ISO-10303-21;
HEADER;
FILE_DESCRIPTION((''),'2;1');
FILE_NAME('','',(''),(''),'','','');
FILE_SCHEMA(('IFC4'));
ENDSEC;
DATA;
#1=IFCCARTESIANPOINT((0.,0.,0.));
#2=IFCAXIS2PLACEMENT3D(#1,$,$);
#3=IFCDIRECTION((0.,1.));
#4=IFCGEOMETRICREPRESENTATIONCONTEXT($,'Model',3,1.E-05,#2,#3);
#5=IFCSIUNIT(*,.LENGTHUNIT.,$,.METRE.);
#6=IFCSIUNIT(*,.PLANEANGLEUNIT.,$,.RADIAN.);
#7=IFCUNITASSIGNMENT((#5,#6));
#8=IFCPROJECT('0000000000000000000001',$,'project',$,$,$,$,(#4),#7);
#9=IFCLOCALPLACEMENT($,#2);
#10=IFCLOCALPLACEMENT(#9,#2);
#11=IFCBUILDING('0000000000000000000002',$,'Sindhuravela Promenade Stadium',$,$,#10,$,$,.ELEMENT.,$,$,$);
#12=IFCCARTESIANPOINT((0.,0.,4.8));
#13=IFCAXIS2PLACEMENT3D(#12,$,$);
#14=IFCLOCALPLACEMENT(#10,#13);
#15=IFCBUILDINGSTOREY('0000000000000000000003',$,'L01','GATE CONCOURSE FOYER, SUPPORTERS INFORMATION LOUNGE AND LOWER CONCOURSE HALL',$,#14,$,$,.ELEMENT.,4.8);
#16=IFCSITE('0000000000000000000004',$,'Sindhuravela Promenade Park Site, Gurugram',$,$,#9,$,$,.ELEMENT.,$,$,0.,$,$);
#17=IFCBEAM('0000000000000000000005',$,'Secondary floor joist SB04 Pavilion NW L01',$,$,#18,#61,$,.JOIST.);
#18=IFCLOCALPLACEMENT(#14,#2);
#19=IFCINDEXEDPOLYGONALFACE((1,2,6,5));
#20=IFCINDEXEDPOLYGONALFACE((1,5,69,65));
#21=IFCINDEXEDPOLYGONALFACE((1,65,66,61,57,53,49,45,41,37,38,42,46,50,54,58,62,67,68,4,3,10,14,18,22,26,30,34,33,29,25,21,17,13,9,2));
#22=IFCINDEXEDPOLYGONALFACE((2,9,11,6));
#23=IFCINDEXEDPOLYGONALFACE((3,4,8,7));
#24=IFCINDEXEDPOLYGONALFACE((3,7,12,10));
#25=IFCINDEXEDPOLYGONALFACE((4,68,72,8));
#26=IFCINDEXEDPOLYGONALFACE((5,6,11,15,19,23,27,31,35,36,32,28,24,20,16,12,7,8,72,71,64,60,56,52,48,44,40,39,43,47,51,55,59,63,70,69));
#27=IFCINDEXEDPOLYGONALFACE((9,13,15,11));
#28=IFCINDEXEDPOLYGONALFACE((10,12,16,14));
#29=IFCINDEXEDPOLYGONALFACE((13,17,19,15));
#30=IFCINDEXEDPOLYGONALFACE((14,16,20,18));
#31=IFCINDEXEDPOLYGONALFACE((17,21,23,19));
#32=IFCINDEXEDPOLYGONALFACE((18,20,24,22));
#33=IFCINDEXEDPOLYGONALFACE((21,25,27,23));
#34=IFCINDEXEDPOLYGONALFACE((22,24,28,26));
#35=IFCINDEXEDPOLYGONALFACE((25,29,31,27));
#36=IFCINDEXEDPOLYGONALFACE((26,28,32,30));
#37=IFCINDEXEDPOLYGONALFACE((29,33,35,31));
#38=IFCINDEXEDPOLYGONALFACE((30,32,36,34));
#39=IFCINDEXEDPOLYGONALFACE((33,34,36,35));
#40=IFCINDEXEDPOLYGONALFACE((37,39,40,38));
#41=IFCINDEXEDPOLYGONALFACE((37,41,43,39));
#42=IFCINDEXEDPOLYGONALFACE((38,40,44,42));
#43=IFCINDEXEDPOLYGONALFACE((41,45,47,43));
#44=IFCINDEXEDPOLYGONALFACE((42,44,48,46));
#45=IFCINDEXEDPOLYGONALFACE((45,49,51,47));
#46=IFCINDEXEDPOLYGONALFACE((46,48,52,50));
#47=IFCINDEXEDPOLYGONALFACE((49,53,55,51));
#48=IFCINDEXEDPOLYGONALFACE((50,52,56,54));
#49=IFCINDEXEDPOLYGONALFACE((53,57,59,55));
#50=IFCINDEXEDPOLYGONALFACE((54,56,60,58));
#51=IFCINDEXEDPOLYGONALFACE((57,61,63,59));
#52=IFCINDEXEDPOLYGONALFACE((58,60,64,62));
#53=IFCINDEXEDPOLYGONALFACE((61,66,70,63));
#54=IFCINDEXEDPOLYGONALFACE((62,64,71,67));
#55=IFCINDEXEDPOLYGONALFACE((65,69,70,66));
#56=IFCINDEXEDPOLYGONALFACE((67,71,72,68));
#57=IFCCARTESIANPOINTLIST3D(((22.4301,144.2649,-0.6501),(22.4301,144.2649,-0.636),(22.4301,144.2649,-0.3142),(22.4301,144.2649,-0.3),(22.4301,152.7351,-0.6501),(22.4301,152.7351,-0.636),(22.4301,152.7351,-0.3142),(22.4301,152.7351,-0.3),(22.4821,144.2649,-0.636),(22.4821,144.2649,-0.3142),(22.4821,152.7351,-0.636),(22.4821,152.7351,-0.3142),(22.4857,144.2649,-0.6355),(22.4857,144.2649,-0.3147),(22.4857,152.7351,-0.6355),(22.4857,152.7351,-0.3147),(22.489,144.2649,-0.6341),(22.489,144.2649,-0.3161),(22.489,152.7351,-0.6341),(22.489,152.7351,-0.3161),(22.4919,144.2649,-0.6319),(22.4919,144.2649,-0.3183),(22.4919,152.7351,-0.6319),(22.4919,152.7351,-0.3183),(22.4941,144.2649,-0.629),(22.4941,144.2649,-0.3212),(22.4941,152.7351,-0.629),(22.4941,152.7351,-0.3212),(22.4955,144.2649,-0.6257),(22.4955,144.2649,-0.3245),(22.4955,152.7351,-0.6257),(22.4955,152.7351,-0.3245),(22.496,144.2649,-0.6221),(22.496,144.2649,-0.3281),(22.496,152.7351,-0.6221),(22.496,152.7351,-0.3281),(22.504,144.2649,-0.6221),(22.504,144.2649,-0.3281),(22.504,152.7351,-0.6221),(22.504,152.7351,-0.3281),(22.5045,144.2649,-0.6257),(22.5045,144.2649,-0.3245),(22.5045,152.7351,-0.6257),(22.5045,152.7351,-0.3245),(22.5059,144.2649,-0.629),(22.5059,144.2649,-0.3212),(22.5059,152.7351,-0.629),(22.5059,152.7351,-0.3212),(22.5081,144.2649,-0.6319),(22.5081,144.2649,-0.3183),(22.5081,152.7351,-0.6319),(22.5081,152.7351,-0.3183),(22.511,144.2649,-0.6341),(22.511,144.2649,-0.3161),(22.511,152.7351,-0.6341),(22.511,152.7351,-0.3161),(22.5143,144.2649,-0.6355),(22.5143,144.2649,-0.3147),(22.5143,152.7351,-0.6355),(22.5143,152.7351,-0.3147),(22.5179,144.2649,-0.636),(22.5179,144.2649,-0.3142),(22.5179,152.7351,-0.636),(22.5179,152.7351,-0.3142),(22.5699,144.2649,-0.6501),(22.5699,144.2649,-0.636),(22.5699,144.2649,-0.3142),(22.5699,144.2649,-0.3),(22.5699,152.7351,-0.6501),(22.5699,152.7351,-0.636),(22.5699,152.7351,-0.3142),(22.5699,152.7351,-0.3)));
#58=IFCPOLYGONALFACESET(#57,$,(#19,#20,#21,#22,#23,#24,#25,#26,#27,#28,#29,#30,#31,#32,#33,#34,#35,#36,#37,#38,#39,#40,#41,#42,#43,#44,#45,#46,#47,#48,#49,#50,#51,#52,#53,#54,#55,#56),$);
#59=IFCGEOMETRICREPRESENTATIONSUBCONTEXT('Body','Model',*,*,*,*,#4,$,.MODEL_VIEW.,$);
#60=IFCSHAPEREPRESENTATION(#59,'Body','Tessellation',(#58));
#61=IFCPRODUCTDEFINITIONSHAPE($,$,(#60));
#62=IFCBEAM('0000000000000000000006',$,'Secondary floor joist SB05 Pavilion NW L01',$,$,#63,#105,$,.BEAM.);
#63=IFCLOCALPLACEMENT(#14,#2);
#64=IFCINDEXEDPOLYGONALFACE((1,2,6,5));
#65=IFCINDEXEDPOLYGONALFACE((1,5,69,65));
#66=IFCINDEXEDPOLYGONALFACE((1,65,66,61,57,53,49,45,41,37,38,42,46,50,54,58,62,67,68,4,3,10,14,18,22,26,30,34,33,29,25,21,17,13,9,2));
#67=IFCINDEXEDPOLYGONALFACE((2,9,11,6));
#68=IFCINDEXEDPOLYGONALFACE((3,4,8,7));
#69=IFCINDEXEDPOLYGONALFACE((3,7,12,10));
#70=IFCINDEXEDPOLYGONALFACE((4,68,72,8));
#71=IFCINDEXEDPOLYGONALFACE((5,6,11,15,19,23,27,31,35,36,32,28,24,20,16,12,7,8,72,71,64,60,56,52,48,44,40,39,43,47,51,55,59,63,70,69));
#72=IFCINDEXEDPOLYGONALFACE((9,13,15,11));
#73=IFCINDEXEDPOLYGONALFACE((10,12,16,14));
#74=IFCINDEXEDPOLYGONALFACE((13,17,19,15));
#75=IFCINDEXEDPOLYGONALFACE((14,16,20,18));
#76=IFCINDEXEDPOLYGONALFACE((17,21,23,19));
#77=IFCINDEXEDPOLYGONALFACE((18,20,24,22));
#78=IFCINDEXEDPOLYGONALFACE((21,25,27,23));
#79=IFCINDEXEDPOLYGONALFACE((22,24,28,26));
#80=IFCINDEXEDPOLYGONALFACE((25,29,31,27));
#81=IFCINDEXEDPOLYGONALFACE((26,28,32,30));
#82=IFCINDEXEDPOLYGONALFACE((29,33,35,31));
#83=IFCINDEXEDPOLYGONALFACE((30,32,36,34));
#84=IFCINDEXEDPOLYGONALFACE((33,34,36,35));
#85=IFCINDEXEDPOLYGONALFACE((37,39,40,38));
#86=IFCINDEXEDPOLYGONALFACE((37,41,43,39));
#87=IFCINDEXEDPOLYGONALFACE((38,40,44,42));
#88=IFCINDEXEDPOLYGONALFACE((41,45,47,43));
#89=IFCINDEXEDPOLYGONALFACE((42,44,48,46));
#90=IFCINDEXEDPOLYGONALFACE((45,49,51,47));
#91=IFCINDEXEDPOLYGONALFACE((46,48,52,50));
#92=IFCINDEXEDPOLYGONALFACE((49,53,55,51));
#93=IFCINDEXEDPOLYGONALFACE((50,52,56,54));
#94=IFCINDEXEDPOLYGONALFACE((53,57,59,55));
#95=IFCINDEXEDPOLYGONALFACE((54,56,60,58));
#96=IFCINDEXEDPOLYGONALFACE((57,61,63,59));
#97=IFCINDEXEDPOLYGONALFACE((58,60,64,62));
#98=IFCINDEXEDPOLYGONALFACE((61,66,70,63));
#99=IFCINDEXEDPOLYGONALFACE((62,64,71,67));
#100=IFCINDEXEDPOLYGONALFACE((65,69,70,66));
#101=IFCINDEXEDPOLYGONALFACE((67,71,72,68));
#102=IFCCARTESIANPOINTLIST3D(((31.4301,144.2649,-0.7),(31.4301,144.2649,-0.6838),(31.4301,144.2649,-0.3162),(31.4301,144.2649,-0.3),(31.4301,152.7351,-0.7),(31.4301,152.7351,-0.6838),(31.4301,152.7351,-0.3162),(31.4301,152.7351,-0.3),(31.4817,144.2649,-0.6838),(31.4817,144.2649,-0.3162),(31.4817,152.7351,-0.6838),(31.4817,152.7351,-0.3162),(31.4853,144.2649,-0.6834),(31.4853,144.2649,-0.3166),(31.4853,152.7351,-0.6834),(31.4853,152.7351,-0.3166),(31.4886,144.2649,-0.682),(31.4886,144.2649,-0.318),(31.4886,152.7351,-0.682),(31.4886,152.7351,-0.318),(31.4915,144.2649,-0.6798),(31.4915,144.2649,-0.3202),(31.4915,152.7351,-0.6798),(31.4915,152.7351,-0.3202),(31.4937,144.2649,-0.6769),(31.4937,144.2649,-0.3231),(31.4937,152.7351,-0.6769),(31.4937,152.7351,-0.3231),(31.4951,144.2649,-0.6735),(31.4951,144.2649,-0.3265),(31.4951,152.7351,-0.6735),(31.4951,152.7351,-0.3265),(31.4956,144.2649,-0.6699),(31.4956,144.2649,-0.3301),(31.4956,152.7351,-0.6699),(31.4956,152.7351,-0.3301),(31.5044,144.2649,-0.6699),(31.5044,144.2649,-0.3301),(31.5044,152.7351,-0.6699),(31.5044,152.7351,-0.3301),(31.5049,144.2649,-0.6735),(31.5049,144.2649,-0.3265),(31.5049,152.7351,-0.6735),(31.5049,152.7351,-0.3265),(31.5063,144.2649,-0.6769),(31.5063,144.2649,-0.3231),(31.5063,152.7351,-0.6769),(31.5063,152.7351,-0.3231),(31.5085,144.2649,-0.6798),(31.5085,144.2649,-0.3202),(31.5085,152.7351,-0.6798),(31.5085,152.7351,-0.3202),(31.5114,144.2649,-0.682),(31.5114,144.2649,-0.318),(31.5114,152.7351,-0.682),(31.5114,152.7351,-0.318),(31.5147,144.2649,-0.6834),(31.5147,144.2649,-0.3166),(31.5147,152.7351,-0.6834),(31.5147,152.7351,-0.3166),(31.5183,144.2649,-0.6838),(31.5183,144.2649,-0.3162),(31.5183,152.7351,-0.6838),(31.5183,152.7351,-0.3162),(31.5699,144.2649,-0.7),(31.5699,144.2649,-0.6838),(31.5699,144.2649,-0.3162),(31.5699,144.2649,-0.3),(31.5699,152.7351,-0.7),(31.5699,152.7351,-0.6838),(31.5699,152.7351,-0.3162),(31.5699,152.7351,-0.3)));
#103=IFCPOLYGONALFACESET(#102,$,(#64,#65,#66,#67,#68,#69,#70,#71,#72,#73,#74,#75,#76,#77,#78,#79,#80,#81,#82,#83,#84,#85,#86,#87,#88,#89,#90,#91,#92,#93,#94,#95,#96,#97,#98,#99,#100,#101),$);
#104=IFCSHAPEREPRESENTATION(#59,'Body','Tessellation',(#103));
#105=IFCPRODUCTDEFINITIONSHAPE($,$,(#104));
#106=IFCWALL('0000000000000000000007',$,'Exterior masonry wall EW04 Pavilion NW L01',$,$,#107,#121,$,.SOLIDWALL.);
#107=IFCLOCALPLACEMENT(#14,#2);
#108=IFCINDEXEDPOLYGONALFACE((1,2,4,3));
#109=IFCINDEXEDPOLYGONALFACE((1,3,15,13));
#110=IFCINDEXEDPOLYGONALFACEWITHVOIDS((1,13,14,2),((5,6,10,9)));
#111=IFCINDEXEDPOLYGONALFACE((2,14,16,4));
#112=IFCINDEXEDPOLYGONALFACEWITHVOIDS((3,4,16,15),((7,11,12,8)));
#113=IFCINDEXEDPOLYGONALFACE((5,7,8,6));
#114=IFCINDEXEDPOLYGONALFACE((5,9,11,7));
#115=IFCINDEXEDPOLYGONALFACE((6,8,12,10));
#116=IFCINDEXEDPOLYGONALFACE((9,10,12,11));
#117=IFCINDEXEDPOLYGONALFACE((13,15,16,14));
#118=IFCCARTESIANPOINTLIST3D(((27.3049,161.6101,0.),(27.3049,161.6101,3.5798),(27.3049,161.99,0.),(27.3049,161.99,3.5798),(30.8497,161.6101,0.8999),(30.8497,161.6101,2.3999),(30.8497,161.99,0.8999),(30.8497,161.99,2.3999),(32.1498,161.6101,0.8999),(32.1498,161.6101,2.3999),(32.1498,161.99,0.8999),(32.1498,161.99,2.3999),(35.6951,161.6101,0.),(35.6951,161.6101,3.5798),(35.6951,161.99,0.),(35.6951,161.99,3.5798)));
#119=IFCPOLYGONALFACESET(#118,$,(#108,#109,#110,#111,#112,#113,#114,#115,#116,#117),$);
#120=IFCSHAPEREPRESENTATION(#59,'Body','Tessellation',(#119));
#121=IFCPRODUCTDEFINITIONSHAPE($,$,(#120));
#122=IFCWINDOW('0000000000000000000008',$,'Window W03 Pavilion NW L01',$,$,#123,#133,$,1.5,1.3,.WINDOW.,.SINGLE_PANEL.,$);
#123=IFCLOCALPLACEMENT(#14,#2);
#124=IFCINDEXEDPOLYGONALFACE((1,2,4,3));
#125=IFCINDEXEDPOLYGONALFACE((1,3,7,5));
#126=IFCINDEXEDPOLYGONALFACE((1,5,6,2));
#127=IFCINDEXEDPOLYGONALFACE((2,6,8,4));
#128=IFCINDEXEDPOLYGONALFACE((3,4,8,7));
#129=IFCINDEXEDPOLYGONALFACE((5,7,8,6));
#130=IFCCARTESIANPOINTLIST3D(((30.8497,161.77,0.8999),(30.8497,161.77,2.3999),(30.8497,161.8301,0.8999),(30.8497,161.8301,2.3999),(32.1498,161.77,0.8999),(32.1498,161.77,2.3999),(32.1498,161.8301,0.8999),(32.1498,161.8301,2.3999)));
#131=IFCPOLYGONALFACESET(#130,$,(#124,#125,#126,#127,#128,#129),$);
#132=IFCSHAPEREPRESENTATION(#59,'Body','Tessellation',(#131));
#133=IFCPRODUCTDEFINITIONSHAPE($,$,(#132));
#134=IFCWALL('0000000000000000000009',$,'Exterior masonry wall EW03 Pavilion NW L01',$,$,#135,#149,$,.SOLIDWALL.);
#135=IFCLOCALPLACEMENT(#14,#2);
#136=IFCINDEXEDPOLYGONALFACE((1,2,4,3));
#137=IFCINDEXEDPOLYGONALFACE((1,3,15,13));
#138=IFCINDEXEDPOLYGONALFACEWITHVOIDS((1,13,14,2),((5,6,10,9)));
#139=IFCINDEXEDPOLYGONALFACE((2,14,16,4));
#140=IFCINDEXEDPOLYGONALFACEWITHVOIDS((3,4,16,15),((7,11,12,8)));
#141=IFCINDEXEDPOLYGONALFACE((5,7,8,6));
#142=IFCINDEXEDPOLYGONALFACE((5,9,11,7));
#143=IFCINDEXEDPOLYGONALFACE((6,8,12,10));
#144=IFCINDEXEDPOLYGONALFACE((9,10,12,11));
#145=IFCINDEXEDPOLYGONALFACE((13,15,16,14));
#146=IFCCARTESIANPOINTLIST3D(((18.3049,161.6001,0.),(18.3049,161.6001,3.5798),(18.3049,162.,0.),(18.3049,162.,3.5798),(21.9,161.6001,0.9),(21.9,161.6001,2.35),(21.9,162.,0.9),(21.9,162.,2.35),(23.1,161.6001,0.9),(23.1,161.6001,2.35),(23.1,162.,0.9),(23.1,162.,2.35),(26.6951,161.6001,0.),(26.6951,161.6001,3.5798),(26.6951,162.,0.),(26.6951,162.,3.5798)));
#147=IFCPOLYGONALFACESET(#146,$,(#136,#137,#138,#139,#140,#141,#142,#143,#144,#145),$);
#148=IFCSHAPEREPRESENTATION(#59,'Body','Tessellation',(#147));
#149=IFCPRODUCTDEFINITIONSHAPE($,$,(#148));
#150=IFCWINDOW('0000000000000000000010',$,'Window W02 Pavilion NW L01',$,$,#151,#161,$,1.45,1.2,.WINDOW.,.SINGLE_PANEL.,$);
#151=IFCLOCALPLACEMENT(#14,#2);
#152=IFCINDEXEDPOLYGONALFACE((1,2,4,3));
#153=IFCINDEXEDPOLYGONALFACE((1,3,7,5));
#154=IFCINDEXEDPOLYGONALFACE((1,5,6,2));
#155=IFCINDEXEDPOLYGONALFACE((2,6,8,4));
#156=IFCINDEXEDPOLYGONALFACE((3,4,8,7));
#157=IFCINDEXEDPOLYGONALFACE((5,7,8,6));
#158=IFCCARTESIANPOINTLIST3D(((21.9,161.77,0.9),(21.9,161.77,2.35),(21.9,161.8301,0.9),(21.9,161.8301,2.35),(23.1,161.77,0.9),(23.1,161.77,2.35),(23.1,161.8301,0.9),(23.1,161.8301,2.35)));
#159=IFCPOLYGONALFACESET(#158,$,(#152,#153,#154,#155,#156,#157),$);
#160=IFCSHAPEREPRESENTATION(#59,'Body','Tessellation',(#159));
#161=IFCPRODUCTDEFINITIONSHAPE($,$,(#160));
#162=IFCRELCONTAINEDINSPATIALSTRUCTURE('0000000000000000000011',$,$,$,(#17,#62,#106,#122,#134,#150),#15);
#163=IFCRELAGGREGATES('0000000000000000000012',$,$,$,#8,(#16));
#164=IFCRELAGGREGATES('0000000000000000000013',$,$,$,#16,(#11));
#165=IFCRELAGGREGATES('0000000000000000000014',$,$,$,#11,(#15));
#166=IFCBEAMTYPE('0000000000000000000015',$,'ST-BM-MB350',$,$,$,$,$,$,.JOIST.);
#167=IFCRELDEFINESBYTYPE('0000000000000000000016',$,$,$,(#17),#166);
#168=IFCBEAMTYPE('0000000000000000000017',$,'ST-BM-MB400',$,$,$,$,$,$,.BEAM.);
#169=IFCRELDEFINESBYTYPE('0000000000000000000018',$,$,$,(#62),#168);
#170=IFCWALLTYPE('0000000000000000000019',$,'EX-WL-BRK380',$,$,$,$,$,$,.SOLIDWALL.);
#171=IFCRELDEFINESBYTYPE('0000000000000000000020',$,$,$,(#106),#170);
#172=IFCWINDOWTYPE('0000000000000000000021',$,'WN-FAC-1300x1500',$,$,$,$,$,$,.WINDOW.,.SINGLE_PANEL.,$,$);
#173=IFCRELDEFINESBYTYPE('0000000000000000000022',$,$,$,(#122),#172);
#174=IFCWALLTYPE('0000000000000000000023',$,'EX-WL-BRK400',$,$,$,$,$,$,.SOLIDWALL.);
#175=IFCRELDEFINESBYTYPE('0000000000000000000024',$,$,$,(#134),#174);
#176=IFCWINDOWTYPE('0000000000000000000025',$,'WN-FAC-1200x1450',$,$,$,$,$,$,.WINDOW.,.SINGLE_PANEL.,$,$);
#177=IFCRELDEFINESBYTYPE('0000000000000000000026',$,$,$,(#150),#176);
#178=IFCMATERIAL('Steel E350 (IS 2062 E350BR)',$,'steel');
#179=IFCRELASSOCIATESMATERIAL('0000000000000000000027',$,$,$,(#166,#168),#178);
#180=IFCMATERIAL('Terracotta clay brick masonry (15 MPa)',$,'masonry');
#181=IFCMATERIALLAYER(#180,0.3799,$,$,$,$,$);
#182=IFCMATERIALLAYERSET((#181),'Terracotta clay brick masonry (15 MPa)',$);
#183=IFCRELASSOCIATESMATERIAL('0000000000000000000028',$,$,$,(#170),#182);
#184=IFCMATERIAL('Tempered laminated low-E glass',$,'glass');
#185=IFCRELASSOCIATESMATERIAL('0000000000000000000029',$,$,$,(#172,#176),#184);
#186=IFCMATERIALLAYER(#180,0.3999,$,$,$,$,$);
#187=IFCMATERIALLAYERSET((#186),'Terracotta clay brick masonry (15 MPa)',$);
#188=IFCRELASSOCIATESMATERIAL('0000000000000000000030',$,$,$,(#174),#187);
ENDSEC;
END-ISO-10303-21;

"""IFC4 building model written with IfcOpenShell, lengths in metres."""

from ifc_helpers import new_model, si_unit, direction, frame, frame_2d, origin, origin_2d, place, context, subcontext, project, spatial, rectangle, i_section, extrude, material, layer, layer_set, material_profile, profile_set, type_object, element, fill, save


model = new_model("IFC4")

# Units and contexts
model_context = context("Model", 3, precision=1e-05, world=origin(), true_north=direction((0.0, 1.0)))
body_context = subcontext(model_context, "Body", "Model", "MODEL_VIEW")
ifc_project = project(units=[si_unit("LENGTHUNIT", "METRE"), si_unit("PLANEANGLEUNIT", "RADIAN")], contexts=[model_context])

# Site, building, storey
site_placement = place(None, origin())
site = spatial("IfcSite", under=ifc_project, at=site_placement, Name="Sindhuravela Promenade Park Site, Gurugram", CompositionType="ELEMENT", RefElevation=0.0)
building_placement = place(site_placement, origin())
building = spatial("IfcBuilding", under=site, at=building_placement, Name="Sindhuravela Promenade Stadium", CompositionType="ELEMENT")
storey_placement = place(building_placement, frame((0.0, 0.0, 4.8)))
storey = spatial("IfcBuildingStorey", under=building, at=storey_placement, Name="L01", Description="GATE CONCOURSE FOYER, SUPPORTERS INFORMATION LOUNGE AND LOWER CONCOURSE HALL", CompositionType="ELEMENT", Elevation=4.8)

# Beams
ifc_material_1 = material(Name="Steel E350 (IS 2062 E350BR)", Category="steel")
ifc_material_profile_1 = material_profile(ifc_material_1, i_section(OverallWidth=0.1399, OverallDepth=0.3501, WebThickness=0.0081, FlangeThickness=0.0142, FilletRadius=0.0139, at=origin_2d()), Name="ISMB 350")
ifc_profile_set_1 = profile_set([ifc_material_profile_1], Name="Steel E350 (IS 2062 E350BR)")
beam_type_1 = type_object("IfcBeamType", Name="ST-BM-MB350", PredefinedType="JOIST", material=ifc_profile_set_1)
beam_1_placement = place(storey_placement, frame((22.5, 144.2649, -0.4751), z_axis=(0.0, 1.0, 0.0), x_axis=(-1.0, 0.0, 0.0)))
element("IfcBeam", 1, at=beam_1_placement, inside=storey, type_object=beam_type_1, Name="Secondary floor joist SB04 Pavilion NW L01", PredefinedType="JOIST", context=body_context, shape_type="SweptSolid", body=[
    extrude(i_section(OverallWidth=0.1399, OverallDepth=0.3501, WebThickness=0.0081, FlangeThickness=0.0142, FilletRadius=0.0139, at=origin_2d()), origin(), (0.0, 0.0, 1.0), 8.4702),
])
ifc_material_profile_2 = material_profile(ifc_material_1, i_section(OverallWidth=0.1399, OverallDepth=0.3999, WebThickness=0.0088, FlangeThickness=0.0161, FilletRadius=0.0139, at=origin_2d()), Name="ISMB 400")
ifc_profile_set_2 = profile_set([ifc_material_profile_2], Name="Steel E350 (IS 2062 E350BR)")
beam_type_2 = type_object("IfcBeamType", Name="ST-BM-MB400", PredefinedType="BEAM", material=ifc_profile_set_2)
beam_2_placement = place(storey_placement, frame((31.5, 144.2649, -0.5), z_axis=(0.0, 1.0, 0.0), x_axis=(-1.0, 0.0, 0.0)))
element("IfcBeam", 2, at=beam_2_placement, inside=storey, type_object=beam_type_2, Name="Secondary floor joist SB05 Pavilion NW L01", PredefinedType="BEAM", context=body_context, shape_type="SweptSolid", body=[
    extrude(i_section(OverallWidth=0.1399, OverallDepth=0.3999, WebThickness=0.0088, FlangeThickness=0.0161, FilletRadius=0.0139, at=origin_2d()), origin(), (0.0, 0.0, 1.0), 8.4702),
])

# Walls, openings, windows
ifc_material_2 = material(Name="Terracotta clay brick masonry (15 MPa)", Category="masonry")
ifc_layer_1 = layer(ifc_material_2, 0.3799)
ifc_layer_set_1 = layer_set([ifc_layer_1], Name="Terracotta clay brick masonry (15 MPa)")
wall_type_1 = type_object("IfcWallType", Name="EX-WL-BRK380", PredefinedType="SOLIDWALL", material=ifc_layer_set_1)
wall_1_placement = place(storey_placement, frame((27.3049, 161.8, 0.0), z_axis=(0.0, 0.0, 1.0), x_axis=(1.0, 0.0, 0.0)))
wall_1 = element("IfcWall", 3, at=wall_1_placement, inside=storey, type_object=wall_type_1, Name="Exterior masonry wall EW04 Pavilion NW L01", PredefinedType="SOLIDWALL", context=body_context, shape_type="SweptSolid", body=[
    extrude(rectangle(XDim=8.3901, YDim=0.3799, at=frame_2d((4.1951, 0.0))), origin(), (0.0, 0.0, 1.0), 3.5798),
])
opening_1_placement = place(wall_1_placement, frame((3.5449, 0.0, 0.8999)))
opening_1 = element("IfcOpeningElement", 4, at=opening_1_placement, cuts=wall_1, PredefinedType="OPENING", context=body_context, shape_type="SweptSolid", body=[
    extrude(rectangle(XDim=1.3, YDim=1.5, at=frame_2d((0.6499, 0.75))), frame((0.0, 0.2, 0.0), z_axis=(0.0, -1.0, 0.0), x_axis=(1.0, 0.0, 0.0)), (0.0, 0.0, 1.0), 0.3999),
])
ifc_material_3 = material(Name="Tempered laminated low-E glass", Category="glass")
window_type_1 = type_object("IfcWindowType", Name="WN-FAC-1300x1500", PartitioningType="SINGLE_PANEL", PredefinedType="WINDOW", material=ifc_material_3)
window_1_placement = place(opening_1_placement, origin())
window_1 = element("IfcWindow", 5, at=window_1_placement, inside=storey, type_object=window_type_1, Name="Window W03 Pavilion NW L01", OverallHeight=1.5, OverallWidth=1.3, PartitioningType="SINGLE_PANEL", PredefinedType="WINDOW", context=body_context, shape_type="SweptSolid", body=[
    extrude(rectangle(XDim=1.3, YDim=1.5, at=frame_2d((0.6499, 0.75))), frame((0.0, 0.03, 0.0), z_axis=(0.0, -1.0, 0.0), x_axis=(1.0, 0.0, 0.0)), (0.0, 0.0, 1.0), 0.0601),
])
fill(opening_1, window_1)
ifc_layer_2 = layer(ifc_material_2, 0.3999)
ifc_layer_set_2 = layer_set([ifc_layer_2], Name="Terracotta clay brick masonry (15 MPa)")
wall_type_2 = type_object("IfcWallType", Name="EX-WL-BRK400", PredefinedType="SOLIDWALL", material=ifc_layer_set_2)
wall_2_placement = place(storey_placement, frame((18.3049, 161.8, 0.0), z_axis=(0.0, 0.0, 1.0), x_axis=(1.0, 0.0, 0.0)))
wall_2 = element("IfcWall", 6, at=wall_2_placement, inside=storey, type_object=wall_type_2, Name="Exterior masonry wall EW03 Pavilion NW L01", PredefinedType="SOLIDWALL", context=body_context, shape_type="SweptSolid", body=[
    extrude(rectangle(XDim=8.3901, YDim=0.3999, at=frame_2d((4.1951, 0.0))), origin(), (0.0, 0.0, 1.0), 3.5798),
])
opening_2_placement = place(wall_2_placement, frame((3.595, 0.0, 0.8999)))
opening_2 = element("IfcOpeningElement", 7, at=opening_2_placement, cuts=wall_2, PredefinedType="OPENING", context=body_context, shape_type="SweptSolid", body=[
    extrude(rectangle(XDim=1.2, YDim=1.45, at=frame_2d((0.6001, 0.7251))), frame((0.0, 0.21, 0.0), z_axis=(0.0, -1.0, 0.0), x_axis=(1.0, 0.0, 0.0)), (0.0, 0.0, 1.0), 0.4199),
])
window_type_2 = type_object("IfcWindowType", Name="WN-FAC-1200x1450", PartitioningType="SINGLE_PANEL", PredefinedType="WINDOW", material=ifc_material_3)
window_2_placement = place(opening_2_placement, origin())
window_2 = element("IfcWindow", 8, at=window_2_placement, inside=storey, type_object=window_type_2, Name="Window W02 Pavilion NW L01", OverallHeight=1.45, OverallWidth=1.2, PartitioningType="SINGLE_PANEL", PredefinedType="WINDOW", context=body_context, shape_type="SweptSolid", body=[
    extrude(rectangle(XDim=1.2, YDim=1.45, at=frame_2d((0.6001, 0.7251))), frame((0.0, 0.03, 0.0), z_axis=(0.0, -1.0, 0.0), x_axis=(1.0, 0.0, 0.0)), (0.0, 0.0, 1.0), 0.0601),
])
fill(opening_2, window_2)

save(model, "model.ifc")
